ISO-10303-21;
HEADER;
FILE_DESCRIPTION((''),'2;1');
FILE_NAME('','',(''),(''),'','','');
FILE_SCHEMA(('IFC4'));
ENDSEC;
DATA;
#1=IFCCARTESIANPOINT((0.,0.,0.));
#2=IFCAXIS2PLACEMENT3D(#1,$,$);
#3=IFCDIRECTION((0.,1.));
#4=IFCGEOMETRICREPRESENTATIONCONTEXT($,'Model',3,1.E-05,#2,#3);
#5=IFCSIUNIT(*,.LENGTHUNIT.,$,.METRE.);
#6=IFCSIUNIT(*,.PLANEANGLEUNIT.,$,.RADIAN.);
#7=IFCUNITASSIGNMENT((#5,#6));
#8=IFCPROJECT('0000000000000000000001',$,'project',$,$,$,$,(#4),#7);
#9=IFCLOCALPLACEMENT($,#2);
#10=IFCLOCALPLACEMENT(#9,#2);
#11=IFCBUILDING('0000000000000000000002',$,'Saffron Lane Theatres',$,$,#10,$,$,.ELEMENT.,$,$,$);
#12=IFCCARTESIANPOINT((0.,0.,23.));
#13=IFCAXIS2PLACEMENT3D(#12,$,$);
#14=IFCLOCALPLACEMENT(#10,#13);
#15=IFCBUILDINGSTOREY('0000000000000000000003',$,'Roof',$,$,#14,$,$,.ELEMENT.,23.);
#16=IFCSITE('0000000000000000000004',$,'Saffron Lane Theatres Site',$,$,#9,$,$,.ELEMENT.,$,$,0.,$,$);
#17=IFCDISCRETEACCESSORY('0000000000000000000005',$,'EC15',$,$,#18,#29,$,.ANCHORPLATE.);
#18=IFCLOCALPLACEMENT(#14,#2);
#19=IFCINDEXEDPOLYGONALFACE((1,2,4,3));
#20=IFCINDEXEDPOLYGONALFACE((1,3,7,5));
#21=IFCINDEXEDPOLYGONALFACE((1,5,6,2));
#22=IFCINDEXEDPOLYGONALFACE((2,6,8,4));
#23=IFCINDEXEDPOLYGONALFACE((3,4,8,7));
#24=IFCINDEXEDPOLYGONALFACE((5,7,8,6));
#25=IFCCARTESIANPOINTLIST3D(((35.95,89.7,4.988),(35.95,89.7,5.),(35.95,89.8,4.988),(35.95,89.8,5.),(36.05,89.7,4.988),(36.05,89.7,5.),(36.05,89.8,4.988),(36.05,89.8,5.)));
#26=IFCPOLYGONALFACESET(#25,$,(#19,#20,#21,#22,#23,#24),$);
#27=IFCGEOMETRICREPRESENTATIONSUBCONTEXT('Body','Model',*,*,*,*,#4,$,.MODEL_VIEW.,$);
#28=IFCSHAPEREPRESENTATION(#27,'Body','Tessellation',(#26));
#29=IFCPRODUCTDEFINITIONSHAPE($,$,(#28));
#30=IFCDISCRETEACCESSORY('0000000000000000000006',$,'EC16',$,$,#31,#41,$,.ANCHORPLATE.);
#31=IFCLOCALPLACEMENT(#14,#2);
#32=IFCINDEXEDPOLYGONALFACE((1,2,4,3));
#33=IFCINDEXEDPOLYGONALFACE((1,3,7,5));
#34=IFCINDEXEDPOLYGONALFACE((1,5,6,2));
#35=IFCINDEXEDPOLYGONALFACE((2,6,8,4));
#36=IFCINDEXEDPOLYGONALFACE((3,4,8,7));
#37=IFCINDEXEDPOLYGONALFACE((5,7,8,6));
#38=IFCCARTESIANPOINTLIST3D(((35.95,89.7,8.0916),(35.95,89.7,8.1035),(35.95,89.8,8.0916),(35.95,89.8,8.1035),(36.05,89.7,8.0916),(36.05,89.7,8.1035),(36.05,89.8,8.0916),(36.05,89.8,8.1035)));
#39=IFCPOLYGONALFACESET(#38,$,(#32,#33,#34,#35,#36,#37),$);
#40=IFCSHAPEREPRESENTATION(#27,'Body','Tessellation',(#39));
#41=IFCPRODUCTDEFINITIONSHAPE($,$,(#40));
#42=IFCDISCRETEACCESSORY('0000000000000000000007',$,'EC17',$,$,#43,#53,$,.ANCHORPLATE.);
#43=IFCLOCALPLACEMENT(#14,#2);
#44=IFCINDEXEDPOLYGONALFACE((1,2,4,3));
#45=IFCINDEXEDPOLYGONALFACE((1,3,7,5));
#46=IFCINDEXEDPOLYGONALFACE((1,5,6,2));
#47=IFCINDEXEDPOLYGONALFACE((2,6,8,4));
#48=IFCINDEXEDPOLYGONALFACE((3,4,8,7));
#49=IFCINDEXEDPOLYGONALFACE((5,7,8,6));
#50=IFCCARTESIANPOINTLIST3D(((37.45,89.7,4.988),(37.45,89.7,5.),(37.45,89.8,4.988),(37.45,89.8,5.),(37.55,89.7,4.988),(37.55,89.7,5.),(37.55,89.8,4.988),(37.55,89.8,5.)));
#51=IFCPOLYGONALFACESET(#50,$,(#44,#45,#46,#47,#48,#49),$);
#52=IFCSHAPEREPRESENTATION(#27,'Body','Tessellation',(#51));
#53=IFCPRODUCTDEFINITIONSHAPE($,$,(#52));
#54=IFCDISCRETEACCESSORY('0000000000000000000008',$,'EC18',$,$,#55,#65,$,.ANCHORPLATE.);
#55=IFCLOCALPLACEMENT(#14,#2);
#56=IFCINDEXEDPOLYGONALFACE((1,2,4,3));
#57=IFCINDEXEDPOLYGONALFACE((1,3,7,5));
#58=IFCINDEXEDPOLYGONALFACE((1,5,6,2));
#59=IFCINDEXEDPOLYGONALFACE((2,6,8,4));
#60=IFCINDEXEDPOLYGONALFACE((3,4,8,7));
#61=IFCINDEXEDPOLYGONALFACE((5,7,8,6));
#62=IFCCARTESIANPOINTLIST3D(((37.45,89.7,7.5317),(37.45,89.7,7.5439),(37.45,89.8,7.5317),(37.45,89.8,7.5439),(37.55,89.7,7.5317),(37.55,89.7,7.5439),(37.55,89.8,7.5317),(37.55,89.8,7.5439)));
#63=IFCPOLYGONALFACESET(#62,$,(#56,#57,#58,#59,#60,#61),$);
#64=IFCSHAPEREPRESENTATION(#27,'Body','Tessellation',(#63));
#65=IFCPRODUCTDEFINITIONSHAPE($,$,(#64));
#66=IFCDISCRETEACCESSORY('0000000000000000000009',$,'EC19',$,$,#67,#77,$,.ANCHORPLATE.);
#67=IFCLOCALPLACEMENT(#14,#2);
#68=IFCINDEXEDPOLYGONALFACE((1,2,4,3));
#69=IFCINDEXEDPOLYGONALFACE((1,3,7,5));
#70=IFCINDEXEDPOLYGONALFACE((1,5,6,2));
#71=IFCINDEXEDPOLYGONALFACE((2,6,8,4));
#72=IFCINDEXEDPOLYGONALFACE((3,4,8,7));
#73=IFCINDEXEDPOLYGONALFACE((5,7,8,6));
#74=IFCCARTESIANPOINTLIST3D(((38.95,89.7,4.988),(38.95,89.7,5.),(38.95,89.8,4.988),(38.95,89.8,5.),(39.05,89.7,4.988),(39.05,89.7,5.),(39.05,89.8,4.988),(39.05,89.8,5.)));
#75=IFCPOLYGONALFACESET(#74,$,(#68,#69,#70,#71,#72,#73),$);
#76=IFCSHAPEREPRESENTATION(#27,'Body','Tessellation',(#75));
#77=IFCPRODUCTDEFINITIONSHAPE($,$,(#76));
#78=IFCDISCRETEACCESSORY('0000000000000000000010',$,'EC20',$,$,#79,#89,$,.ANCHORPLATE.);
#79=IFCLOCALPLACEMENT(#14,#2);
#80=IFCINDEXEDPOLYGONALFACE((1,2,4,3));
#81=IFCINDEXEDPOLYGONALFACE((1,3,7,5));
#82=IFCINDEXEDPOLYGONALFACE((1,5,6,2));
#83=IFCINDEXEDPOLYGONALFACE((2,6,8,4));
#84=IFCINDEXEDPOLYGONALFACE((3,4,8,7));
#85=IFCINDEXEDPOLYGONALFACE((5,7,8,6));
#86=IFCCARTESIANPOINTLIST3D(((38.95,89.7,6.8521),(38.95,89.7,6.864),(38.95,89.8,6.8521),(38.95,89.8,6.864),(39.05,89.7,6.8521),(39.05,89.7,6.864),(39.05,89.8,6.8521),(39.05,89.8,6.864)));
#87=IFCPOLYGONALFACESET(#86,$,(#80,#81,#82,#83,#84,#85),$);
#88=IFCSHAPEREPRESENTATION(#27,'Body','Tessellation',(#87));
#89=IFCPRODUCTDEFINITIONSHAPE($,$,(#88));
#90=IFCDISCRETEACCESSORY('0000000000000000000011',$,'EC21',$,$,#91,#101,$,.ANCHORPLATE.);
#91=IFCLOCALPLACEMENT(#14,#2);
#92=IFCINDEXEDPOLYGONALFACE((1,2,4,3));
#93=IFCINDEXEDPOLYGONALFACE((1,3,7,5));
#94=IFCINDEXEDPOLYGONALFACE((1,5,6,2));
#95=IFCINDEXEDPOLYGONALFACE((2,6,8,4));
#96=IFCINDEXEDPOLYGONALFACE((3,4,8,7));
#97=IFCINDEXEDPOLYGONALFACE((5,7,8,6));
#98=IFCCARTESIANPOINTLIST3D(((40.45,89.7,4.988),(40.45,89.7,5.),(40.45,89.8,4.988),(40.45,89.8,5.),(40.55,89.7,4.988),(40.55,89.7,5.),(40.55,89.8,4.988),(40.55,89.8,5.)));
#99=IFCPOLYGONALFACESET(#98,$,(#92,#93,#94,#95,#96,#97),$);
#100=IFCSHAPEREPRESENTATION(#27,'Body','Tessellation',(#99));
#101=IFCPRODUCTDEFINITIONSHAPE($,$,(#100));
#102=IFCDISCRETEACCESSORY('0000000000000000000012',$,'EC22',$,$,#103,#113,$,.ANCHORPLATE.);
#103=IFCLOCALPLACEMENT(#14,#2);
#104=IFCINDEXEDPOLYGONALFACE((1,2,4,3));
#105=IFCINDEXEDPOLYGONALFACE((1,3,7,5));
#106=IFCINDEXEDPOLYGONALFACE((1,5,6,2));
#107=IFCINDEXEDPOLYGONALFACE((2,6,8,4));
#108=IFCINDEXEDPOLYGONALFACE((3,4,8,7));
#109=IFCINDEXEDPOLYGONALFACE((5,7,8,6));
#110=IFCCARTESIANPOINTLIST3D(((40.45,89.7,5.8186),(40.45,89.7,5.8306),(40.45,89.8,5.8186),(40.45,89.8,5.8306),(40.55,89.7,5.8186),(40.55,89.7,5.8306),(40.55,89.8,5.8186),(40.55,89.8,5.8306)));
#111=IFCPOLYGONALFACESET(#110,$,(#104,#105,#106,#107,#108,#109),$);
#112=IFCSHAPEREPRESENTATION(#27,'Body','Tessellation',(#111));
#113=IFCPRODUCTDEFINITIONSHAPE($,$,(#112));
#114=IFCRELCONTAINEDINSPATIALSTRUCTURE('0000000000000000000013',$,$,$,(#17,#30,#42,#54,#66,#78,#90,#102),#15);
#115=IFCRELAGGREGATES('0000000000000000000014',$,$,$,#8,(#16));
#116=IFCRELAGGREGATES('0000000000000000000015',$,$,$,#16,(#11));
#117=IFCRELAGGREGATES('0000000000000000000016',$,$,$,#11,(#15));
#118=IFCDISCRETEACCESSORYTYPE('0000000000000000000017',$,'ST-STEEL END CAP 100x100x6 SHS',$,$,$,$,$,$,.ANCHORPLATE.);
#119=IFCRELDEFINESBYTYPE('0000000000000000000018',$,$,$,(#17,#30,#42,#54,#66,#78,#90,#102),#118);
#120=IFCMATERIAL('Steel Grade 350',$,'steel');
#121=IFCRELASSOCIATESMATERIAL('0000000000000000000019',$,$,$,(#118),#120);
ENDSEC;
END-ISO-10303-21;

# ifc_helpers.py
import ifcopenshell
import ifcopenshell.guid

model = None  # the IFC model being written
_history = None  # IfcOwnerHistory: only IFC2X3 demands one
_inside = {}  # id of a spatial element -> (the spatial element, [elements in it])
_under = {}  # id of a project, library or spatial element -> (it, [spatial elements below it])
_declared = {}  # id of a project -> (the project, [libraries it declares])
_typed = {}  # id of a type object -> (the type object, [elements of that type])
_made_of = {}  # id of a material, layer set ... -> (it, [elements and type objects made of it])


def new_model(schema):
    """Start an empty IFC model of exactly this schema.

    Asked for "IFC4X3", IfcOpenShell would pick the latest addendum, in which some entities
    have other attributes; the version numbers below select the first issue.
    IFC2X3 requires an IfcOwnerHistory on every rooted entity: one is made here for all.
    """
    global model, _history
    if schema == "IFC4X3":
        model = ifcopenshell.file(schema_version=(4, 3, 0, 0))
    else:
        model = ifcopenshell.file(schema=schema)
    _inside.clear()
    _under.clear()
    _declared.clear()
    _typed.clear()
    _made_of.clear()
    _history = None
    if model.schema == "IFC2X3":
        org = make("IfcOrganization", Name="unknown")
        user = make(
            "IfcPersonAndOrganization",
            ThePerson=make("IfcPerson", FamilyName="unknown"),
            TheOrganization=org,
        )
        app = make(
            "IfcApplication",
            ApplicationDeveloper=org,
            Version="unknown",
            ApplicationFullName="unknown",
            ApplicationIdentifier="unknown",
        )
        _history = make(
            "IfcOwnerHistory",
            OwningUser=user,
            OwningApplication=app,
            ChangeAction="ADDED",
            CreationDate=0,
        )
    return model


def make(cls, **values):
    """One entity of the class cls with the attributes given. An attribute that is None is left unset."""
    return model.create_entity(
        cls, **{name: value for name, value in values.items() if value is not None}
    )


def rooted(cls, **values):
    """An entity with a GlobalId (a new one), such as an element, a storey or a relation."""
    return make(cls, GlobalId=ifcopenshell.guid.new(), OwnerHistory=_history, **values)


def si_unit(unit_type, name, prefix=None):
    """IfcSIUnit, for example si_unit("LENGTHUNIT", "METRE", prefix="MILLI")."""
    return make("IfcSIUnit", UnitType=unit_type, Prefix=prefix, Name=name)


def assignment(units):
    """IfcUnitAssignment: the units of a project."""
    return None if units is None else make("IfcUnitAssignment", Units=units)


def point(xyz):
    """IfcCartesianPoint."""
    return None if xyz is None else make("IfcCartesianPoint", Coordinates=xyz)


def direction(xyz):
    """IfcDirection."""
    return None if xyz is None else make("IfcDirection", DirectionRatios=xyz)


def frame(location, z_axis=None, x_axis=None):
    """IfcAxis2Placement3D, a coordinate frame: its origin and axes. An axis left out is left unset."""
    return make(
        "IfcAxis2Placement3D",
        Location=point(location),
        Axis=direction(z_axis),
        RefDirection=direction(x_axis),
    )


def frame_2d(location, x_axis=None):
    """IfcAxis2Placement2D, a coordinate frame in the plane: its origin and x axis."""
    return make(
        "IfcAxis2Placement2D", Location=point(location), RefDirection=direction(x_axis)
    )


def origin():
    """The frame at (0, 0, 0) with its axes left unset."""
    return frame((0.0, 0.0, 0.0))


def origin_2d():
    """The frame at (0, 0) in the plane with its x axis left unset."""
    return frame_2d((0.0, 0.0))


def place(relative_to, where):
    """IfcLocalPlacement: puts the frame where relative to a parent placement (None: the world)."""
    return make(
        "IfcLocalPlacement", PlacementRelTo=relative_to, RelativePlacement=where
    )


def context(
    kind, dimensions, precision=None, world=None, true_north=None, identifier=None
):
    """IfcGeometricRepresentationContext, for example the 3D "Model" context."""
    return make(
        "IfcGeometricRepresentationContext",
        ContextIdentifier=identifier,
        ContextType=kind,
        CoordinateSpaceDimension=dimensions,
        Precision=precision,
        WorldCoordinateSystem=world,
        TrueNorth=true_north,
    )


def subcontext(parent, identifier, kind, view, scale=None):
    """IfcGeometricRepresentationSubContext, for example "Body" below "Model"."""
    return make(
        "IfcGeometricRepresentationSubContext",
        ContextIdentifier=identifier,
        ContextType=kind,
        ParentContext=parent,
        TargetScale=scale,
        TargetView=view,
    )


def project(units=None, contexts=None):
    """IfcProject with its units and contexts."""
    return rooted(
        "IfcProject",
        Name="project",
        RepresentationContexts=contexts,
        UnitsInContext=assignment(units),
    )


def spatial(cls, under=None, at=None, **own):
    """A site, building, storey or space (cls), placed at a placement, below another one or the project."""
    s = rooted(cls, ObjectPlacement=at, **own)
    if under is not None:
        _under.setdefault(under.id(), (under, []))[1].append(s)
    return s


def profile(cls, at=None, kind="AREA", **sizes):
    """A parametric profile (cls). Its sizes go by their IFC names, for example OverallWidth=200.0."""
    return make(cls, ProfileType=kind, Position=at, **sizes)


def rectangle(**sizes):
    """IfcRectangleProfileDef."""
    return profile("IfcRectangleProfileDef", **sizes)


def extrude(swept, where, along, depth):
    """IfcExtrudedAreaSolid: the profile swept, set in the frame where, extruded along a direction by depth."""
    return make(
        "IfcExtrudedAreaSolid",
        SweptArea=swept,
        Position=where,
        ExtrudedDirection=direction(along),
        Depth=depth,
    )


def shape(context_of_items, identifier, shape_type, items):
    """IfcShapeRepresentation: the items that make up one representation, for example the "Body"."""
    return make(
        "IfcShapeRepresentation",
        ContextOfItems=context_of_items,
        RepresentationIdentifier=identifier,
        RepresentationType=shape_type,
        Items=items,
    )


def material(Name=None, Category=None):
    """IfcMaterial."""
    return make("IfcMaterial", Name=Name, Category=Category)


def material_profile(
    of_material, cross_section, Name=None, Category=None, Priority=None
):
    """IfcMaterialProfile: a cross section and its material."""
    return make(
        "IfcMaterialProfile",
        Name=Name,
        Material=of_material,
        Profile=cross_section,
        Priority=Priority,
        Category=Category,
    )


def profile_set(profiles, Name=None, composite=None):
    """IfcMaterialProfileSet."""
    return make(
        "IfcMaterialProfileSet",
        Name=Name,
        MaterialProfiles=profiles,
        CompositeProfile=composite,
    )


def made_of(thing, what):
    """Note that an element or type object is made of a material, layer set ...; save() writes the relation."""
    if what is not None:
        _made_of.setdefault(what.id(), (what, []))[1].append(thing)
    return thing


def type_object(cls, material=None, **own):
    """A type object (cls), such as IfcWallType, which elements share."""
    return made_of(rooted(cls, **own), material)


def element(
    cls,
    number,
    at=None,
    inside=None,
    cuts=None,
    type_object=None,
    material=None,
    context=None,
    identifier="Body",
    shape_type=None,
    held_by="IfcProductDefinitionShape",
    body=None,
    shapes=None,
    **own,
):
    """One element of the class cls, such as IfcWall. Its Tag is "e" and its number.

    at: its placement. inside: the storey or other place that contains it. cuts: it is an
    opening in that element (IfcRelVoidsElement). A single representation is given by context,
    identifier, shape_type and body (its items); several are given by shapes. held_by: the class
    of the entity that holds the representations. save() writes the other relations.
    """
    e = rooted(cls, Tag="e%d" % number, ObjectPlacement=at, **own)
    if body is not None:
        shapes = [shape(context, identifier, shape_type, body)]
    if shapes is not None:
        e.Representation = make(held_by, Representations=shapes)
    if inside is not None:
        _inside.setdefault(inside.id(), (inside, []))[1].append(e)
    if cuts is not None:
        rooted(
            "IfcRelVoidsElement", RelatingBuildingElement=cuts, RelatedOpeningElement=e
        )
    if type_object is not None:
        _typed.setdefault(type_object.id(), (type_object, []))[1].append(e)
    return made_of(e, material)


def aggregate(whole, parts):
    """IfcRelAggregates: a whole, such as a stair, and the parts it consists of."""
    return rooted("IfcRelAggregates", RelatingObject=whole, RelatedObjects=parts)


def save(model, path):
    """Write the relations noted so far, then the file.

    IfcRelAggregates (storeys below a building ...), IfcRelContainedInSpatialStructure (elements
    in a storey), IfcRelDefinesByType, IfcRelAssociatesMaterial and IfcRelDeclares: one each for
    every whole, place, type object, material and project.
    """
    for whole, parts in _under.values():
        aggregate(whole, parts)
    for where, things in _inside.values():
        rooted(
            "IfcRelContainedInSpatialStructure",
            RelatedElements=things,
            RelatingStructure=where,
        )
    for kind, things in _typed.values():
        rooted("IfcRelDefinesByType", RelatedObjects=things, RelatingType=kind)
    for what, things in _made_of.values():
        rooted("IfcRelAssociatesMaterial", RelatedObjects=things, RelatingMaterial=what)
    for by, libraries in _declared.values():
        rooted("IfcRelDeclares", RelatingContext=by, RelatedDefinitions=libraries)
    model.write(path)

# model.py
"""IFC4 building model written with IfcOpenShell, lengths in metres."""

from ifc_helpers import new_model, si_unit, direction, frame, origin, origin_2d, place, context, subcontext, project, spatial, rectangle, extrude, material, material_profile, profile_set, type_object, element, save


model = new_model("IFC4")

# Units and contexts
model_context = context("Model", 3, precision=1e-05, world=origin(), true_north=direction((0.0, 1.0)))
body_context = subcontext(model_context, "Body", "Model", "MODEL_VIEW")
ifc_project = project(units=[si_unit("LENGTHUNIT", "METRE"), si_unit("PLANEANGLEUNIT", "RADIAN")], contexts=[model_context])

# Site, building, storey
site_placement = place(None, origin())
site = spatial("IfcSite", under=ifc_project, at=site_placement, Name="Saffron Lane Theatres Site", CompositionType="ELEMENT", RefElevation=0.0)
building_placement = place(site_placement, origin())
building = spatial("IfcBuilding", under=site, at=building_placement, Name="Saffron Lane Theatres", CompositionType="ELEMENT")
storey_placement = place(building_placement, frame((0.0, 0.0, 23.0)))
storey = spatial("IfcBuildingStorey", under=building, at=storey_placement, Name="Roof", CompositionType="ELEMENT", Elevation=23.0)

# Discrete accessories
ifc_material_1 = material(Name="Steel Grade 350", Category="steel")
ifc_material_profile_1 = material_profile(ifc_material_1, rectangle(XDim=0.1001, YDim=0.1001, at=origin_2d()))
ifc_profile_set_1 = profile_set([ifc_material_profile_1], Name="Steel Grade 350")
discrete_accessory_type_1 = type_object("IfcDiscreteAccessoryType", Name="ST-STEEL END CAP 100x100x6 SHS", PredefinedType="ANCHORPLATE", material=ifc_profile_set_1)
for number, where, z_axis, x_axis, name in (
    (1, (36.0, 89.75, 4.988), (0.0, 0.0, 1.0), (1.0, 0.0, 0.0), "EC15"),
    (2, (36.0, 89.75, 8.0916), (0.0, 0.0, 1.0), (1.0, 0.0, 0.0), "EC16"),
    (3, (37.5, 89.75, 4.988), (0.0, 0.0, 1.0), (1.0, 0.0, 0.0), "EC17"),
):
    element("IfcDiscreteAccessory", number, at=place(storey_placement, frame(where, z_axis=z_axis, x_axis=x_axis)), inside=storey, type_object=discrete_accessory_type_1, Name=name, PredefinedType="ANCHORPLATE", context=body_context, shape_type="SweptSolid", body=[
        extrude(rectangle(XDim=0.1001, YDim=0.1001, at=origin_2d()), origin(), (0.0, 0.0, 1.0), 0.012),
    ])
discrete_accessory_1_placement = place(storey_placement, frame((37.5, 89.75, 7.5317), z_axis=(0.0, 0.0, 1.0), x_axis=(1.0, 0.0, 0.0)))
element("IfcDiscreteAccessory", 4, at=discrete_accessory_1_placement, inside=storey, type_object=discrete_accessory_type_1, Name="EC18", PredefinedType="ANCHORPLATE", context=body_context, shape_type="SweptSolid", body=[
    extrude(rectangle(XDim=0.1001, YDim=0.1001, at=origin_2d()), origin(), (0.0, 0.0, 1.0), 0.0122),
])
for number, where, z_axis, x_axis, name in (
    (5, (39.0, 89.75, 4.988), (0.0, 0.0, 1.0), (1.0, 0.0, 0.0), "EC19"),
    (6, (39.0, 89.75, 6.8521), (0.0, 0.0, 1.0), (1.0, 0.0, 0.0), "EC20"),
    (7, (40.5, 89.75, 4.988), (0.0, 0.0, 1.0), (1.0, 0.0, 0.0), "EC21"),
    (8, (40.5, 89.75, 5.8186), (0.0, 0.0, 1.0), (1.0, 0.0, 0.0), "EC22"),
):
    element("IfcDiscreteAccessory", number, at=place(storey_placement, frame(where, z_axis=z_axis, x_axis=x_axis)), inside=storey, type_object=discrete_accessory_type_1, Name=name, PredefinedType="ANCHORPLATE", context=body_context, shape_type="SweptSolid", body=[
        extrude(rectangle(XDim=0.1001, YDim=0.1001, at=origin_2d()), origin(), (0.0, 0.0, 1.0), 0.012),
    ])

save(model, "model.ifc")
